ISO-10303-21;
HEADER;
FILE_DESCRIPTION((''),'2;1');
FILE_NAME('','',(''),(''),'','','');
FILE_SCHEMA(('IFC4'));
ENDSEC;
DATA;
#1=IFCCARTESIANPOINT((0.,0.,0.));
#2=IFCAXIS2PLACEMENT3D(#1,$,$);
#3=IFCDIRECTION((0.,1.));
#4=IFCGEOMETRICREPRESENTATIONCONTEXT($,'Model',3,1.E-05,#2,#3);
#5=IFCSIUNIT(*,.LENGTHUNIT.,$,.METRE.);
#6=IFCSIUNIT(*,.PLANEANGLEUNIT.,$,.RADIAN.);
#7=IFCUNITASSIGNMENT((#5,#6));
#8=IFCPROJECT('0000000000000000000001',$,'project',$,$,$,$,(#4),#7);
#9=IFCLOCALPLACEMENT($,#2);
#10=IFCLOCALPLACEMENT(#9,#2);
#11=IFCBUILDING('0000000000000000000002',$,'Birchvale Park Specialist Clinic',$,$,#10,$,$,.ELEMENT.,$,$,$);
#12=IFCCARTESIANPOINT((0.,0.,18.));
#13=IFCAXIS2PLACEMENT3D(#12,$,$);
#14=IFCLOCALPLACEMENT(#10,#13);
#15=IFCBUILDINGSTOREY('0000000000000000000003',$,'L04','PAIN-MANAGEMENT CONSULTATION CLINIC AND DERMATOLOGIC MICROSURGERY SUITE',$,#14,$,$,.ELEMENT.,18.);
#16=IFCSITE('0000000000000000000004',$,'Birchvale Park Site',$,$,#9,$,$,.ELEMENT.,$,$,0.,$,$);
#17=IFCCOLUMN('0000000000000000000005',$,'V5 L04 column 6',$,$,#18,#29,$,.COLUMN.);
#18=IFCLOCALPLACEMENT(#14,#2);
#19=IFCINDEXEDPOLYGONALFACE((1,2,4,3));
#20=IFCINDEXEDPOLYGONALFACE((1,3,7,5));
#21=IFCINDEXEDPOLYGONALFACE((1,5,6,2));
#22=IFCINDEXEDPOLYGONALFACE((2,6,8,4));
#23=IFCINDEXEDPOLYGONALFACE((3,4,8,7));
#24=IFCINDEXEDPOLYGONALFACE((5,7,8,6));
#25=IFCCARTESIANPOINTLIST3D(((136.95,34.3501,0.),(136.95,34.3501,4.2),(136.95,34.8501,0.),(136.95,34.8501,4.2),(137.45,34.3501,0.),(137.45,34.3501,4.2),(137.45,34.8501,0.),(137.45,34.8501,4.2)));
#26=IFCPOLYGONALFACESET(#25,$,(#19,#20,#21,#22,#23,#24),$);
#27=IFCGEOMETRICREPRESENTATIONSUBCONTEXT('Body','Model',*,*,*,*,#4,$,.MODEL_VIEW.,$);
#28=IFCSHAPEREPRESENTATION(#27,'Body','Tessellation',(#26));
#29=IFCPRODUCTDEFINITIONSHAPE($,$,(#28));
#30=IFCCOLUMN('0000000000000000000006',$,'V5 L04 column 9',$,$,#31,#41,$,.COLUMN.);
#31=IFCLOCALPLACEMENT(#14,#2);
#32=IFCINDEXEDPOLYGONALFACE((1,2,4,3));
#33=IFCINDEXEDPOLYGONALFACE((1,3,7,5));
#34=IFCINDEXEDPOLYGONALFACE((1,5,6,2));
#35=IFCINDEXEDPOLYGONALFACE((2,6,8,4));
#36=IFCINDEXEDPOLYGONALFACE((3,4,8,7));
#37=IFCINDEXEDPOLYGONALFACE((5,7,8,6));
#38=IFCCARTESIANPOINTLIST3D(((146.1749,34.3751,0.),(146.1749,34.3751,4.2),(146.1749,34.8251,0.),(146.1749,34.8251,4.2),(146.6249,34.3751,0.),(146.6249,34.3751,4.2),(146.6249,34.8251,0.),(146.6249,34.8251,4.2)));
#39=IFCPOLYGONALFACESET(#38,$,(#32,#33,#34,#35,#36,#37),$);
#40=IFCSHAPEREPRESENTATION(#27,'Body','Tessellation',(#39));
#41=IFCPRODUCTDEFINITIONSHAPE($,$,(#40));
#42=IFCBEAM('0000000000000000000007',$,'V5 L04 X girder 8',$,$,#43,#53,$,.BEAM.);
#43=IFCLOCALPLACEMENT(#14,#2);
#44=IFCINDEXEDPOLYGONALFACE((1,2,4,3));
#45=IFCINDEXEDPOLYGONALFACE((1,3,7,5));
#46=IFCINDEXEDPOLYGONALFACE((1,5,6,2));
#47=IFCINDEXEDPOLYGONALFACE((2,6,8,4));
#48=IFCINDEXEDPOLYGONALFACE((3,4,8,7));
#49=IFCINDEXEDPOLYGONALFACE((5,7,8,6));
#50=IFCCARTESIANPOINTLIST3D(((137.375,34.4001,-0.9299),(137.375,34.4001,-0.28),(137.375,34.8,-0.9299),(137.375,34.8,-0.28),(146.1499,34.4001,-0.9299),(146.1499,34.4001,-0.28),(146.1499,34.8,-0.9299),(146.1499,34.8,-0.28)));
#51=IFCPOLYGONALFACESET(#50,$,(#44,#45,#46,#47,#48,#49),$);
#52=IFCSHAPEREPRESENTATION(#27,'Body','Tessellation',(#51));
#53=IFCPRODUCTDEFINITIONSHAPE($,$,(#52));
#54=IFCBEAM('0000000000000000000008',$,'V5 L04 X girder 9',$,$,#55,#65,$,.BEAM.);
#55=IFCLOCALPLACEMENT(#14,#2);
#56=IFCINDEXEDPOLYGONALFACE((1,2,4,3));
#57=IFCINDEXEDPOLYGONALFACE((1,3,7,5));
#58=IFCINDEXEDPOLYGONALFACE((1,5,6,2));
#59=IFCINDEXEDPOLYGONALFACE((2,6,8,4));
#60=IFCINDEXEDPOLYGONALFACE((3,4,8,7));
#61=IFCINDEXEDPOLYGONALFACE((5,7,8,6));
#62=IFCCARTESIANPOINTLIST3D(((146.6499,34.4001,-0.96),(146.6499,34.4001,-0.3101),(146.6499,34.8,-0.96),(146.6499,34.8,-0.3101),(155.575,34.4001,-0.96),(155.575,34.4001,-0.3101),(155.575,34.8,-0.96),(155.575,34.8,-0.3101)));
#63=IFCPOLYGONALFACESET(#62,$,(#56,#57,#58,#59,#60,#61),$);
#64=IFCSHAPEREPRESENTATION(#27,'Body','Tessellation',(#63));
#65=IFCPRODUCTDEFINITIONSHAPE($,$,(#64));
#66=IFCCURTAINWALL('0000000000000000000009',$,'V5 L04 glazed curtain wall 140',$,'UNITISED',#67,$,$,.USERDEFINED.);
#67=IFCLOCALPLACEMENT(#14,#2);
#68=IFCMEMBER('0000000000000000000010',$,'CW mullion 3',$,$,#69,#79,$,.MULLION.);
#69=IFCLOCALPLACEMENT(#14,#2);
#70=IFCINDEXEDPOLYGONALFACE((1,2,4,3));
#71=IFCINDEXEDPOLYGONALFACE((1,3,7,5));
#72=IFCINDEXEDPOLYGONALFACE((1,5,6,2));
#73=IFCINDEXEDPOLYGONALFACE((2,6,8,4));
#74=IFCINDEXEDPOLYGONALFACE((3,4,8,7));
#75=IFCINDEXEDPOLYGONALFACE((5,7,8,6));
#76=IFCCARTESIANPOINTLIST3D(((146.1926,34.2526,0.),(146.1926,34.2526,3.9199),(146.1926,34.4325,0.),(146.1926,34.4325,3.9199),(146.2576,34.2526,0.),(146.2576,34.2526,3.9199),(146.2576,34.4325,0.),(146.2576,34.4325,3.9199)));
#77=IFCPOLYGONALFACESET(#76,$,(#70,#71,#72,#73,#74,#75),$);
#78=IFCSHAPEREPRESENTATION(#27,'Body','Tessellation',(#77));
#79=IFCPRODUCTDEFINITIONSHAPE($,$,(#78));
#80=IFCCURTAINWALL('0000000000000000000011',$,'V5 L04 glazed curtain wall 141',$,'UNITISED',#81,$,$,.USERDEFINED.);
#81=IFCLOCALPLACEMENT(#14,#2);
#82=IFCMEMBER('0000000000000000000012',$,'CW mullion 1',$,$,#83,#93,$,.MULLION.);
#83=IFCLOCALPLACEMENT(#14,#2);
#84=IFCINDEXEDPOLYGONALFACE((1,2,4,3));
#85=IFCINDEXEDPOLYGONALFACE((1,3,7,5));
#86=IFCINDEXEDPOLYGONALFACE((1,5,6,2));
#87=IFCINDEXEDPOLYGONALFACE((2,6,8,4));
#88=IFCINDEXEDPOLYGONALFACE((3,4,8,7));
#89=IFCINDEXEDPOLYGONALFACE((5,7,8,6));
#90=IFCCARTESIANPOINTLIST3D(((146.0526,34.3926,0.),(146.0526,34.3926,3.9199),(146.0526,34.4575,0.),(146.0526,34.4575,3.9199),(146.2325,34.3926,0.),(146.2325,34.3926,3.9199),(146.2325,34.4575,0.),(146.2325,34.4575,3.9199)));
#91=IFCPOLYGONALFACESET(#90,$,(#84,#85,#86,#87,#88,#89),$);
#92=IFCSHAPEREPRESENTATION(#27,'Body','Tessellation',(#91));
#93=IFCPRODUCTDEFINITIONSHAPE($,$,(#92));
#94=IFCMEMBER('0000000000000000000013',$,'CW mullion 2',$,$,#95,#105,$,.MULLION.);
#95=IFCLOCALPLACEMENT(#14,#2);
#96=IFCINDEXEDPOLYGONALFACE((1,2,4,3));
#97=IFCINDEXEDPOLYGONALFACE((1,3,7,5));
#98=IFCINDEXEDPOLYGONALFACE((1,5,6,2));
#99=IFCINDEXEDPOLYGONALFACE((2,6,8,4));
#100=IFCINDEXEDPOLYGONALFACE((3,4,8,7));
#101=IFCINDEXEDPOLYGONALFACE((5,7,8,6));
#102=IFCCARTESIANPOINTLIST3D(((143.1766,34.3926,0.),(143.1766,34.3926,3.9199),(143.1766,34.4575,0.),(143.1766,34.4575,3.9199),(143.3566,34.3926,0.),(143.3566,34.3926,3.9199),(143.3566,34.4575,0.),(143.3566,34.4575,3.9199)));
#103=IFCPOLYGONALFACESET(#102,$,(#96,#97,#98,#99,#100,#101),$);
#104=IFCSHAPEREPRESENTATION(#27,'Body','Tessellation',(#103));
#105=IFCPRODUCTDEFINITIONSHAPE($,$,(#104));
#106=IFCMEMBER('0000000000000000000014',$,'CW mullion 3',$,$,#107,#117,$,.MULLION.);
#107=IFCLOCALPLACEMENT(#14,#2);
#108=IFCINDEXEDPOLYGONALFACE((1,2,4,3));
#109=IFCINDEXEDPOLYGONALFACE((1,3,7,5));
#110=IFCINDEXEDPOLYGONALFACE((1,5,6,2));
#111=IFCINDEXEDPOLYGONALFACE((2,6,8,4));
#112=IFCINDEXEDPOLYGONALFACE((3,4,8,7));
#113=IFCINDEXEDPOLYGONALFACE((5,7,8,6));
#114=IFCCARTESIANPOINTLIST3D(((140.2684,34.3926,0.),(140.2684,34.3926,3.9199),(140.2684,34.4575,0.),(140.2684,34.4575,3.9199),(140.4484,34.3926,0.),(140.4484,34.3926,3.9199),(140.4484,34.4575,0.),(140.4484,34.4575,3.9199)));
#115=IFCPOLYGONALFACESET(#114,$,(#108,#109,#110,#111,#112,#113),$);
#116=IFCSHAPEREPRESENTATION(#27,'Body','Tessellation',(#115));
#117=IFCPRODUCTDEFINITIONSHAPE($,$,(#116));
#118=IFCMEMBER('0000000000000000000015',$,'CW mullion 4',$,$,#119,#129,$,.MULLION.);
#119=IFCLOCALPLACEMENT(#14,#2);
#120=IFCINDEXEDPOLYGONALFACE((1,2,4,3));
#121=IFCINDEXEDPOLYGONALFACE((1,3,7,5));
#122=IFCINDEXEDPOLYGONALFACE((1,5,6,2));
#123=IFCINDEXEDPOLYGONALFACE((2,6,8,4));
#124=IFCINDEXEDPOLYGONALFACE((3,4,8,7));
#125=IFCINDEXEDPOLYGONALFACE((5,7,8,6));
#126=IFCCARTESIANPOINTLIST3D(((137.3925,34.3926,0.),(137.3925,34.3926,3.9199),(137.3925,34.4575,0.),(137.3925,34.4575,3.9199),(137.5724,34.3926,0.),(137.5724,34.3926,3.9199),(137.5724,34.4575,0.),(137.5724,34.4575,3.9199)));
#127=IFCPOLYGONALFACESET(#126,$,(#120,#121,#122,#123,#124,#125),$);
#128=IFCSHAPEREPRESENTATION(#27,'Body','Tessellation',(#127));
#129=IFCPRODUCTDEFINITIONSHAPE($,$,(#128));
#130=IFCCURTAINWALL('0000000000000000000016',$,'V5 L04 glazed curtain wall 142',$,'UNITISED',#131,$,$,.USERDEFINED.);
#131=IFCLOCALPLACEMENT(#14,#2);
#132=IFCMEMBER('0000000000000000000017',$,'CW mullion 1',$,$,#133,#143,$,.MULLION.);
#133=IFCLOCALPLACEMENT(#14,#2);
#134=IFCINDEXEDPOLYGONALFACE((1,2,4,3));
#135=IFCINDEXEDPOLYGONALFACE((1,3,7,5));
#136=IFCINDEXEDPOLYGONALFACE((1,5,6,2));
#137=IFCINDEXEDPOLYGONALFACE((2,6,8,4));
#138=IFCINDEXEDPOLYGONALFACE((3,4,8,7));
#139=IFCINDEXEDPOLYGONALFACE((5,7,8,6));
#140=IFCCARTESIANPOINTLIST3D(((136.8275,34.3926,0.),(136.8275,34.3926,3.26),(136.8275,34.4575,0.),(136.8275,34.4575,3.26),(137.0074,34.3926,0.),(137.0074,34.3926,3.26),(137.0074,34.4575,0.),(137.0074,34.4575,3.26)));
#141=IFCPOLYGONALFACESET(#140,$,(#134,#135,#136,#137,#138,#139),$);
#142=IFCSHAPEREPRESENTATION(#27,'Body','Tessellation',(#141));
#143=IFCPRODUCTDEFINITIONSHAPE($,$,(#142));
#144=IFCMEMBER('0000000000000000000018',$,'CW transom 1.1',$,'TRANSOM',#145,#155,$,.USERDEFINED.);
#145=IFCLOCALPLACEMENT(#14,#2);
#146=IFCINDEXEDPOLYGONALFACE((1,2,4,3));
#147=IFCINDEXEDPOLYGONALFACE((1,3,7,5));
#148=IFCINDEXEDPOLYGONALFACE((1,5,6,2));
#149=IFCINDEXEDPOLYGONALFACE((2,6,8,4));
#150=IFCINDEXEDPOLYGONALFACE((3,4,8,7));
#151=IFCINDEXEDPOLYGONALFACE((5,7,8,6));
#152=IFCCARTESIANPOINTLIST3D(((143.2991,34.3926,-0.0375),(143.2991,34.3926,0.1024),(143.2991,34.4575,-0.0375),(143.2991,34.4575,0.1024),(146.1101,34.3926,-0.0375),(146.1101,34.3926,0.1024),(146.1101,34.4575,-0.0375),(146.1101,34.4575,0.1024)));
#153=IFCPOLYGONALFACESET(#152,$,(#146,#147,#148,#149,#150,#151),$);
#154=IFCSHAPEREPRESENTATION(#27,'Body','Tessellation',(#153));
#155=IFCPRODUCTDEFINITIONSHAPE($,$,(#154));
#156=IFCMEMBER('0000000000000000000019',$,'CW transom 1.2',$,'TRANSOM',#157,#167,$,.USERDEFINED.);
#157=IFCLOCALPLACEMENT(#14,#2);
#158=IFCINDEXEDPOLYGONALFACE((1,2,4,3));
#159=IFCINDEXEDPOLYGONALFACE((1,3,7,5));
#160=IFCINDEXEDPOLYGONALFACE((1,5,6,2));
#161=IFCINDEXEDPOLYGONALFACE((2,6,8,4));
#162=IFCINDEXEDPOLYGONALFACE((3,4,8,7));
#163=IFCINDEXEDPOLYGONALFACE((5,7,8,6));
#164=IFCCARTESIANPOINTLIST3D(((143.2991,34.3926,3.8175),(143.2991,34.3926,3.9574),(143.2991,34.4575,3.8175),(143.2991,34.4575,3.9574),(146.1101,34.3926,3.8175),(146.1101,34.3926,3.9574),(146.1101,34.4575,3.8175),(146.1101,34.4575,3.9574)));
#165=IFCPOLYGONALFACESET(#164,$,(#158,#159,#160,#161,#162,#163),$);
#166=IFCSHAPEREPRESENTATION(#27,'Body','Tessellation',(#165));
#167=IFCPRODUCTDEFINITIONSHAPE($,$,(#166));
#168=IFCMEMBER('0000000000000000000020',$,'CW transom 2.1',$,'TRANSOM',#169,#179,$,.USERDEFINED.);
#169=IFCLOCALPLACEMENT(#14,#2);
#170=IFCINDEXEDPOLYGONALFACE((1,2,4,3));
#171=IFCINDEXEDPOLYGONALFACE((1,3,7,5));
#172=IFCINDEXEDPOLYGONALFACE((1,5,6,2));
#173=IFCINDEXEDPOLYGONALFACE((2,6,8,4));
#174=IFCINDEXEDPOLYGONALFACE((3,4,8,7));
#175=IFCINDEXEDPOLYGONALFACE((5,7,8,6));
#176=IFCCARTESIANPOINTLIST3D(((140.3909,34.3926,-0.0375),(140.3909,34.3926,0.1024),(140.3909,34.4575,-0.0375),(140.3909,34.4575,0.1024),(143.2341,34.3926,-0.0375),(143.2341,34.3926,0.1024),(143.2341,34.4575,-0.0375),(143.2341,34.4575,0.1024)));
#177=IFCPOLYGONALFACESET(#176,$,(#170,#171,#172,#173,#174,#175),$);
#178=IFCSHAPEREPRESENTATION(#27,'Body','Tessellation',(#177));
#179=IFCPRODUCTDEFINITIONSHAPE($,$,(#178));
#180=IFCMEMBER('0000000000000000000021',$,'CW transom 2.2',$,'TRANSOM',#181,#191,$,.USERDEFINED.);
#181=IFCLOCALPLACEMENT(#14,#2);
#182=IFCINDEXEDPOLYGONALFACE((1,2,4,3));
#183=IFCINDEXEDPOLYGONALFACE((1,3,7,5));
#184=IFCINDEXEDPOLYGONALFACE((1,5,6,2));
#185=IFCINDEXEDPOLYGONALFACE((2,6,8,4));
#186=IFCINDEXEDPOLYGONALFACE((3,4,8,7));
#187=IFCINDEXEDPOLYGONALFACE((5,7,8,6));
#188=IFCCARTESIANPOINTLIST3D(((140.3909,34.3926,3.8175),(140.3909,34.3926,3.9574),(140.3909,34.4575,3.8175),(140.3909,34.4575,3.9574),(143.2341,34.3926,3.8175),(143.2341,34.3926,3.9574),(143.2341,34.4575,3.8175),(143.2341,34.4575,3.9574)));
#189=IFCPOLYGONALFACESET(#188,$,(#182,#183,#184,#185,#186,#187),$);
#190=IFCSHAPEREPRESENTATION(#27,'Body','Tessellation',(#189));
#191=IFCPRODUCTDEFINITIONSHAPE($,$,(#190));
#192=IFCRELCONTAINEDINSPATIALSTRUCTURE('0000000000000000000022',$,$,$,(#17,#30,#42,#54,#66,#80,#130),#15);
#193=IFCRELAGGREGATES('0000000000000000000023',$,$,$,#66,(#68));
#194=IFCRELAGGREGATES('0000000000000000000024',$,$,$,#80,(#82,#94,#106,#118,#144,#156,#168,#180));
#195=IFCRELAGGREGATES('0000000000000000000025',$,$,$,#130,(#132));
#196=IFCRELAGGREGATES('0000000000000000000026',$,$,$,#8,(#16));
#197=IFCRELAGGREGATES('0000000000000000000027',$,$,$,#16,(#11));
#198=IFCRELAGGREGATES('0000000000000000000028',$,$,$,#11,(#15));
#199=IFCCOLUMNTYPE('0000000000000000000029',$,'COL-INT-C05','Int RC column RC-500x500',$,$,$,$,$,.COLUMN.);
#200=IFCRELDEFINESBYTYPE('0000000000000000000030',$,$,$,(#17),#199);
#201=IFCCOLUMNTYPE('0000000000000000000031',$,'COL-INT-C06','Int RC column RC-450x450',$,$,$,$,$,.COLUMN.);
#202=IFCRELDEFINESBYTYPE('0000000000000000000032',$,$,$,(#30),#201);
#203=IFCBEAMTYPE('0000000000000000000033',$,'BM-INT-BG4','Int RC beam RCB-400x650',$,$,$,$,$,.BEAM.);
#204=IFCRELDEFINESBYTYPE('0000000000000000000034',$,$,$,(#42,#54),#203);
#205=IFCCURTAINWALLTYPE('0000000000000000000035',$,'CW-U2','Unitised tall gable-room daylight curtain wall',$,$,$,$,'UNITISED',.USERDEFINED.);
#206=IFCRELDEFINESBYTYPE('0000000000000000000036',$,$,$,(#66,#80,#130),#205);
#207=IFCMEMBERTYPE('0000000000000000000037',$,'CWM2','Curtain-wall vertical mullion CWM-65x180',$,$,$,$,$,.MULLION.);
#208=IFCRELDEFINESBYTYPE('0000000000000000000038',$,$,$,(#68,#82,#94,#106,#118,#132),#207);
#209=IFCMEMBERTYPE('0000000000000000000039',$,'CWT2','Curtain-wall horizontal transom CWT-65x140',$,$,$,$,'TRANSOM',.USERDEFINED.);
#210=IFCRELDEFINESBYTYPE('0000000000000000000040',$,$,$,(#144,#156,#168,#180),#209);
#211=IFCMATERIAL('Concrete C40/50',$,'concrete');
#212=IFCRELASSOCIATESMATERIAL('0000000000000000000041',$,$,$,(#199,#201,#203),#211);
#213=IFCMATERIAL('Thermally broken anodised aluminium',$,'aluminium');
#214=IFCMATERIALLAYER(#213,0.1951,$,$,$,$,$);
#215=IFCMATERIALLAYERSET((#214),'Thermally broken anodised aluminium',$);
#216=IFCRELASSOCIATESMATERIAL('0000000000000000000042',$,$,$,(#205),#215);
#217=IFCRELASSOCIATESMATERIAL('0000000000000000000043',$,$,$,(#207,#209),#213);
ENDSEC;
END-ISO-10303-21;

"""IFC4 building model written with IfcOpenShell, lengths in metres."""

from ifc_helpers import new_model, si_unit, direction, frame, origin, origin_2d, place, context, subcontext, project, spatial, rectangle, extrude, material, layer, layer_set, material_profile, profile_set, type_object, element, aggregate, save


model = new_model("IFC4")

# Units and contexts
model_context = context("Model", 3, precision=1e-05, world=origin(), true_north=direction((0.0, 1.0)))
body_context = subcontext(model_context, "Body", "Model", "MODEL_VIEW")
ifc_project = project(units=[si_unit("LENGTHUNIT", "METRE"), si_unit("PLANEANGLEUNIT", "RADIAN")], contexts=[model_context])

# Site, building, storey
site_placement = place(None, origin())
site = spatial("IfcSite", under=ifc_project, at=site_placement, Name="Birchvale Park Site", CompositionType="ELEMENT", RefElevation=0.0)
building_placement = place(site_placement, origin())
building = spatial("IfcBuilding", under=site, at=building_placement, Name="Birchvale Park Specialist Clinic", CompositionType="ELEMENT")
storey_placement = place(building_placement, frame((0.0, 0.0, 18.0)))
storey = spatial("IfcBuildingStorey", under=building, at=storey_placement, Name="L04", Description="PAIN-MANAGEMENT CONSULTATION CLINIC AND DERMATOLOGIC MICROSURGERY SUITE", CompositionType="ELEMENT", Elevation=18.0)

# Columns
ifc_material_1 = material(Name="Concrete C40/50", Category="concrete")
ifc_material_profile_1 = material_profile(ifc_material_1, rectangle(XDim=0.5, YDim=0.5, at=origin_2d()), Name="RC-500x500")
ifc_profile_set_1 = profile_set([ifc_material_profile_1], Name="Concrete C40/50")
column_type_1 = type_object("IfcColumnType", Name="COL-INT-C05", Description="Int RC column RC-500x500", PredefinedType="COLUMN", material=ifc_profile_set_1)
column_1_placement = place(storey_placement, frame((137.2, 34.6001, 0.0), z_axis=(0.0, 0.0, 1.0), x_axis=(1.0, 0.0, 0.0)))
element("IfcColumn", 1, at=column_1_placement, inside=storey, type_object=column_type_1, Name="V5 L04 column 6", PredefinedType="COLUMN", context=body_context, shape_type="SweptSolid", body=[
    extrude(rectangle(XDim=0.5, YDim=0.5, at=origin_2d()), origin(), (0.0, 0.0, 1.0), 4.2),
])
ifc_material_profile_2 = material_profile(ifc_material_1, rectangle(XDim=0.45, YDim=0.45, at=origin_2d()), Name="RC-450x450")
ifc_profile_set_2 = profile_set([ifc_material_profile_2], Name="Concrete C40/50")
column_type_2 = type_object("IfcColumnType", Name="COL-INT-C06", Description="Int RC column RC-450x450", PredefinedType="COLUMN", material=ifc_profile_set_2)
column_2_placement = place(storey_placement, frame((146.3999, 34.6001, 0.0), z_axis=(0.0, 0.0, 1.0), x_axis=(1.0, 0.0, 0.0)))
element("IfcColumn", 2, at=column_2_placement, inside=storey, type_object=column_type_2, Name="V5 L04 column 9", PredefinedType="COLUMN", context=body_context, shape_type="SweptSolid", body=[
    extrude(rectangle(XDim=0.45, YDim=0.45, at=origin_2d()), origin(), (0.0, 0.0, 1.0), 4.2),
])

# Beams
ifc_material_profile_3 = material_profile(ifc_material_1, rectangle(XDim=0.3999, YDim=0.6499, at=origin_2d()), Name="RCB-400x650")
ifc_profile_set_3 = profile_set([ifc_material_profile_3], Name="Concrete C40/50")
beam_type_1 = type_object("IfcBeamType", Name="BM-INT-BG4", Description="Int RC beam RCB-400x650", PredefinedType="BEAM", material=ifc_profile_set_3)
beam_1_placement = place(storey_placement, frame((137.375, 34.6001, -0.605), z_axis=(1.0, 0.0, 0.0), x_axis=(0.0, 1.0, 0.0)))
element("IfcBeam", 3, at=beam_1_placement, inside=storey, type_object=beam_type_1, Name="V5 L04 X girder 8", PredefinedType="BEAM", context=body_context, shape_type="SweptSolid", body=[
    extrude(rectangle(XDim=0.3999, YDim=0.6499, at=origin_2d()), origin(), (0.0, 0.0, 1.0), 8.7749),
])
beam_2_placement = place(storey_placement, frame((146.6499, 34.6001, -0.635), z_axis=(1.0, 0.0, 0.0), x_axis=(0.0, 1.0, 0.0)))
element("IfcBeam", 4, at=beam_2_placement, inside=storey, type_object=beam_type_1, Name="V5 L04 X girder 9", PredefinedType="BEAM", context=body_context, shape_type="SweptSolid", body=[
    extrude(rectangle(XDim=0.3999, YDim=0.6499, at=origin_2d()), origin(), (0.0, 0.0, 1.0), 8.925),
])

# Curtain wall, member
ifc_material_2 = material(Name="Thermally broken anodised aluminium", Category="aluminium")
ifc_layer_1 = layer(ifc_material_2, 0.1951)
ifc_layer_set_1 = layer_set([ifc_layer_1], Name="Thermally broken anodised aluminium")
curtain_wall_type = type_object("IfcCurtainWallType", Name="CW-U2", Description="Unitised tall gable-room daylight curtain wall", ElementType="UNITISED", PredefinedType="USERDEFINED", material=ifc_layer_set_1)
curtain_wall_1_placement = place(storey_placement, origin())
curtain_wall_1 = element("IfcCurtainWall", 5, at=curtain_wall_1_placement, inside=storey, type_object=curtain_wall_type, Name="V5 L04 glazed curtain wall 140", ObjectType="UNITISED", PredefinedType="USERDEFINED")
ifc_material_profile_4 = material_profile(ifc_material_2, rectangle(XDim=0.0649, YDim=0.1799, at=origin_2d()), Name="CWM-65x180")
ifc_profile_set_4 = profile_set([ifc_material_profile_4], Name="Thermally broken anodised aluminium")
member_type_1 = type_object("IfcMemberType", Name="CWM2", Description="Curtain-wall vertical mullion CWM-65x180", PredefinedType="MULLION", material=ifc_profile_set_4)
member_1_placement = place(storey_placement, frame((146.2251, 34.3425, 0.0), z_axis=(0.0, 0.0, 1.0), x_axis=(-1.0, 0.0, 0.0)))
member_1 = element("IfcMember", 6, at=member_1_placement, type_object=member_type_1, Name="CW mullion 3", PredefinedType="MULLION", context=body_context, shape_type="SweptSolid", body=[
    extrude(rectangle(XDim=0.0649, YDim=0.1799, at=origin_2d()), origin(), (0.0, 0.0, 1.0), 3.9199),
])

# Curtain wall, members
curtain_wall_2_placement = place(storey_placement, origin())
curtain_wall_2 = element("IfcCurtainWall", 7, at=curtain_wall_2_placement, inside=storey, type_object=curtain_wall_type, Name="V5 L04 glazed curtain wall 141", ObjectType="UNITISED", PredefinedType="USERDEFINED")
member_2_placement = place(storey_placement, frame((146.1426, 34.425, 0.0), z_axis=(0.0, 0.0, 1.0), x_axis=(0.0, -1.0, 0.0)))
member_2 = element("IfcMember", 8, at=member_2_placement, type_object=member_type_1, Name="CW mullion 1", PredefinedType="MULLION", context=body_context, shape_type="SweptSolid", body=[
    extrude(rectangle(XDim=0.0649, YDim=0.1799, at=origin_2d()), origin(), (0.0, 0.0, 1.0), 3.9199),
])
member_3_placement = place(storey_placement, frame((143.2666, 34.425, 0.0), z_axis=(0.0, 0.0, 1.0), x_axis=(0.0, -1.0, 0.0)))
member_3 = element("IfcMember", 9, at=member_3_placement, type_object=member_type_1, Name="CW mullion 2", PredefinedType="MULLION", context=body_context, shape_type="SweptSolid", body=[
    extrude(rectangle(XDim=0.0649, YDim=0.1799, at=origin_2d()), origin(), (0.0, 0.0, 1.0), 3.9199),
])
member_4_placement = place(storey_placement, frame((140.3584, 34.425, 0.0), z_axis=(0.0, 0.0, 1.0), x_axis=(0.0, -1.0, 0.0)))
member_4 = element("IfcMember", 10, at=member_4_placement, type_object=member_type_1, Name="CW mullion 3", PredefinedType="MULLION", context=body_context, shape_type="SweptSolid", body=[
    extrude(rectangle(XDim=0.0649, YDim=0.1799, at=origin_2d()), origin(), (0.0, 0.0, 1.0), 3.9199),
])
member_5_placement = place(storey_placement, frame((137.4824, 34.425, 0.0), z_axis=(0.0, 0.0, 1.0), x_axis=(0.0, -1.0, 0.0)))
member_5 = element("IfcMember", 11, at=member_5_placement, type_object=member_type_1, Name="CW mullion 4", PredefinedType="MULLION", context=body_context, shape_type="SweptSolid", body=[
    extrude(rectangle(XDim=0.0649, YDim=0.1799, at=origin_2d()), origin(), (0.0, 0.0, 1.0), 3.9199),
])

# Curtain wall, member
curtain_wall_3_placement = place(storey_placement, origin())
curtain_wall_3 = element("IfcCurtainWall", 12, at=curtain_wall_3_placement, inside=storey, type_object=curtain_wall_type, Name="V5 L04 glazed curtain wall 142", ObjectType="UNITISED", PredefinedType="USERDEFINED")
member_6_placement = place(storey_placement, frame((136.9175, 34.425, 0.0), z_axis=(0.0, 0.0, 1.0), x_axis=(0.0, -1.0, 0.0)))
member_6 = element("IfcMember", 13, at=member_6_placement, type_object=member_type_1, Name="CW mullion 1", PredefinedType="MULLION", context=body_context, shape_type="SweptSolid", body=[
    extrude(rectangle(XDim=0.0649, YDim=0.1799, at=origin_2d()), origin(), (0.0, 0.0, 1.0), 3.26),
])

# Members
ifc_material_profile_5 = material_profile(ifc_material_2, rectangle(XDim=0.0649, YDim=0.1399, at=origin_2d()), Name="CWT-65x140")
ifc_profile_set_5 = profile_set([ifc_material_profile_5], Name="Thermally broken anodised aluminium")
member_type_2 = type_object("IfcMemberType", Name="CWT2", Description="Curtain-wall horizontal transom CWT-65x140", ElementType="TRANSOM", PredefinedType="USERDEFINED", material=ifc_profile_set_5)
member_7_placement = place(storey_placement, frame((146.1101, 34.425, 0.0325), z_axis=(-1.0, 0.0, 0.0), x_axis=(0.0, -1.0, 0.0)))
member_7 = element("IfcMember", 14, at=member_7_placement, type_object=member_type_2, Name="CW transom 1.1", ObjectType="TRANSOM", PredefinedType="USERDEFINED", context=body_context, shape_type="SweptSolid", body=[
    extrude(rectangle(XDim=0.0649, YDim=0.1399, at=origin_2d()), origin(), (0.0, 0.0, 1.0), 2.811),
])
member_8_placement = place(storey_placement, frame((146.1101, 34.425, 3.8875), z_axis=(-1.0, 0.0, 0.0), x_axis=(0.0, -1.0, 0.0)))
member_8 = element("IfcMember", 15, at=member_8_placement, type_object=member_type_2, Name="CW transom 1.2", ObjectType="TRANSOM", PredefinedType="USERDEFINED", context=body_context, shape_type="SweptSolid", body=[
    extrude(rectangle(XDim=0.0649, YDim=0.1399, at=origin_2d()), origin(), (0.0, 0.0, 1.0), 2.811),
])
member_9_placement = place(storey_placement, frame((143.2341, 34.425, 0.0325), z_axis=(-1.0, 0.0, 0.0), x_axis=(0.0, -1.0, 0.0)))
member_9 = element("IfcMember", 16, at=member_9_placement, type_object=member_type_2, Name="CW transom 2.1", ObjectType="TRANSOM", PredefinedType="USERDEFINED", context=body_context, shape_type="SweptSolid", body=[
    extrude(rectangle(XDim=0.0649, YDim=0.1399, at=origin_2d()), origin(), (0.0, 0.0, 1.0), 2.8433),
])
member_10_placement = place(storey_placement, frame((143.2341, 34.425, 3.8875), z_axis=(-1.0, 0.0, 0.0), x_axis=(0.0, -1.0, 0.0)))
member_10 = element("IfcMember", 17, at=member_10_placement, type_object=member_type_2, Name="CW transom 2.2", ObjectType="TRANSOM", PredefinedType="USERDEFINED", context=body_context, shape_type="SweptSolid", body=[
    extrude(rectangle(XDim=0.0649, YDim=0.1399, at=origin_2d()), origin(), (0.0, 0.0, 1.0), 2.8433),
])

aggregate(curtain_wall_1, [member_1])
aggregate(curtain_wall_2, [member_2, member_3, member_4, member_5, member_7, member_8, member_9, member_10])
aggregate(curtain_wall_3, [member_6])

save(model, "model.ifc")
